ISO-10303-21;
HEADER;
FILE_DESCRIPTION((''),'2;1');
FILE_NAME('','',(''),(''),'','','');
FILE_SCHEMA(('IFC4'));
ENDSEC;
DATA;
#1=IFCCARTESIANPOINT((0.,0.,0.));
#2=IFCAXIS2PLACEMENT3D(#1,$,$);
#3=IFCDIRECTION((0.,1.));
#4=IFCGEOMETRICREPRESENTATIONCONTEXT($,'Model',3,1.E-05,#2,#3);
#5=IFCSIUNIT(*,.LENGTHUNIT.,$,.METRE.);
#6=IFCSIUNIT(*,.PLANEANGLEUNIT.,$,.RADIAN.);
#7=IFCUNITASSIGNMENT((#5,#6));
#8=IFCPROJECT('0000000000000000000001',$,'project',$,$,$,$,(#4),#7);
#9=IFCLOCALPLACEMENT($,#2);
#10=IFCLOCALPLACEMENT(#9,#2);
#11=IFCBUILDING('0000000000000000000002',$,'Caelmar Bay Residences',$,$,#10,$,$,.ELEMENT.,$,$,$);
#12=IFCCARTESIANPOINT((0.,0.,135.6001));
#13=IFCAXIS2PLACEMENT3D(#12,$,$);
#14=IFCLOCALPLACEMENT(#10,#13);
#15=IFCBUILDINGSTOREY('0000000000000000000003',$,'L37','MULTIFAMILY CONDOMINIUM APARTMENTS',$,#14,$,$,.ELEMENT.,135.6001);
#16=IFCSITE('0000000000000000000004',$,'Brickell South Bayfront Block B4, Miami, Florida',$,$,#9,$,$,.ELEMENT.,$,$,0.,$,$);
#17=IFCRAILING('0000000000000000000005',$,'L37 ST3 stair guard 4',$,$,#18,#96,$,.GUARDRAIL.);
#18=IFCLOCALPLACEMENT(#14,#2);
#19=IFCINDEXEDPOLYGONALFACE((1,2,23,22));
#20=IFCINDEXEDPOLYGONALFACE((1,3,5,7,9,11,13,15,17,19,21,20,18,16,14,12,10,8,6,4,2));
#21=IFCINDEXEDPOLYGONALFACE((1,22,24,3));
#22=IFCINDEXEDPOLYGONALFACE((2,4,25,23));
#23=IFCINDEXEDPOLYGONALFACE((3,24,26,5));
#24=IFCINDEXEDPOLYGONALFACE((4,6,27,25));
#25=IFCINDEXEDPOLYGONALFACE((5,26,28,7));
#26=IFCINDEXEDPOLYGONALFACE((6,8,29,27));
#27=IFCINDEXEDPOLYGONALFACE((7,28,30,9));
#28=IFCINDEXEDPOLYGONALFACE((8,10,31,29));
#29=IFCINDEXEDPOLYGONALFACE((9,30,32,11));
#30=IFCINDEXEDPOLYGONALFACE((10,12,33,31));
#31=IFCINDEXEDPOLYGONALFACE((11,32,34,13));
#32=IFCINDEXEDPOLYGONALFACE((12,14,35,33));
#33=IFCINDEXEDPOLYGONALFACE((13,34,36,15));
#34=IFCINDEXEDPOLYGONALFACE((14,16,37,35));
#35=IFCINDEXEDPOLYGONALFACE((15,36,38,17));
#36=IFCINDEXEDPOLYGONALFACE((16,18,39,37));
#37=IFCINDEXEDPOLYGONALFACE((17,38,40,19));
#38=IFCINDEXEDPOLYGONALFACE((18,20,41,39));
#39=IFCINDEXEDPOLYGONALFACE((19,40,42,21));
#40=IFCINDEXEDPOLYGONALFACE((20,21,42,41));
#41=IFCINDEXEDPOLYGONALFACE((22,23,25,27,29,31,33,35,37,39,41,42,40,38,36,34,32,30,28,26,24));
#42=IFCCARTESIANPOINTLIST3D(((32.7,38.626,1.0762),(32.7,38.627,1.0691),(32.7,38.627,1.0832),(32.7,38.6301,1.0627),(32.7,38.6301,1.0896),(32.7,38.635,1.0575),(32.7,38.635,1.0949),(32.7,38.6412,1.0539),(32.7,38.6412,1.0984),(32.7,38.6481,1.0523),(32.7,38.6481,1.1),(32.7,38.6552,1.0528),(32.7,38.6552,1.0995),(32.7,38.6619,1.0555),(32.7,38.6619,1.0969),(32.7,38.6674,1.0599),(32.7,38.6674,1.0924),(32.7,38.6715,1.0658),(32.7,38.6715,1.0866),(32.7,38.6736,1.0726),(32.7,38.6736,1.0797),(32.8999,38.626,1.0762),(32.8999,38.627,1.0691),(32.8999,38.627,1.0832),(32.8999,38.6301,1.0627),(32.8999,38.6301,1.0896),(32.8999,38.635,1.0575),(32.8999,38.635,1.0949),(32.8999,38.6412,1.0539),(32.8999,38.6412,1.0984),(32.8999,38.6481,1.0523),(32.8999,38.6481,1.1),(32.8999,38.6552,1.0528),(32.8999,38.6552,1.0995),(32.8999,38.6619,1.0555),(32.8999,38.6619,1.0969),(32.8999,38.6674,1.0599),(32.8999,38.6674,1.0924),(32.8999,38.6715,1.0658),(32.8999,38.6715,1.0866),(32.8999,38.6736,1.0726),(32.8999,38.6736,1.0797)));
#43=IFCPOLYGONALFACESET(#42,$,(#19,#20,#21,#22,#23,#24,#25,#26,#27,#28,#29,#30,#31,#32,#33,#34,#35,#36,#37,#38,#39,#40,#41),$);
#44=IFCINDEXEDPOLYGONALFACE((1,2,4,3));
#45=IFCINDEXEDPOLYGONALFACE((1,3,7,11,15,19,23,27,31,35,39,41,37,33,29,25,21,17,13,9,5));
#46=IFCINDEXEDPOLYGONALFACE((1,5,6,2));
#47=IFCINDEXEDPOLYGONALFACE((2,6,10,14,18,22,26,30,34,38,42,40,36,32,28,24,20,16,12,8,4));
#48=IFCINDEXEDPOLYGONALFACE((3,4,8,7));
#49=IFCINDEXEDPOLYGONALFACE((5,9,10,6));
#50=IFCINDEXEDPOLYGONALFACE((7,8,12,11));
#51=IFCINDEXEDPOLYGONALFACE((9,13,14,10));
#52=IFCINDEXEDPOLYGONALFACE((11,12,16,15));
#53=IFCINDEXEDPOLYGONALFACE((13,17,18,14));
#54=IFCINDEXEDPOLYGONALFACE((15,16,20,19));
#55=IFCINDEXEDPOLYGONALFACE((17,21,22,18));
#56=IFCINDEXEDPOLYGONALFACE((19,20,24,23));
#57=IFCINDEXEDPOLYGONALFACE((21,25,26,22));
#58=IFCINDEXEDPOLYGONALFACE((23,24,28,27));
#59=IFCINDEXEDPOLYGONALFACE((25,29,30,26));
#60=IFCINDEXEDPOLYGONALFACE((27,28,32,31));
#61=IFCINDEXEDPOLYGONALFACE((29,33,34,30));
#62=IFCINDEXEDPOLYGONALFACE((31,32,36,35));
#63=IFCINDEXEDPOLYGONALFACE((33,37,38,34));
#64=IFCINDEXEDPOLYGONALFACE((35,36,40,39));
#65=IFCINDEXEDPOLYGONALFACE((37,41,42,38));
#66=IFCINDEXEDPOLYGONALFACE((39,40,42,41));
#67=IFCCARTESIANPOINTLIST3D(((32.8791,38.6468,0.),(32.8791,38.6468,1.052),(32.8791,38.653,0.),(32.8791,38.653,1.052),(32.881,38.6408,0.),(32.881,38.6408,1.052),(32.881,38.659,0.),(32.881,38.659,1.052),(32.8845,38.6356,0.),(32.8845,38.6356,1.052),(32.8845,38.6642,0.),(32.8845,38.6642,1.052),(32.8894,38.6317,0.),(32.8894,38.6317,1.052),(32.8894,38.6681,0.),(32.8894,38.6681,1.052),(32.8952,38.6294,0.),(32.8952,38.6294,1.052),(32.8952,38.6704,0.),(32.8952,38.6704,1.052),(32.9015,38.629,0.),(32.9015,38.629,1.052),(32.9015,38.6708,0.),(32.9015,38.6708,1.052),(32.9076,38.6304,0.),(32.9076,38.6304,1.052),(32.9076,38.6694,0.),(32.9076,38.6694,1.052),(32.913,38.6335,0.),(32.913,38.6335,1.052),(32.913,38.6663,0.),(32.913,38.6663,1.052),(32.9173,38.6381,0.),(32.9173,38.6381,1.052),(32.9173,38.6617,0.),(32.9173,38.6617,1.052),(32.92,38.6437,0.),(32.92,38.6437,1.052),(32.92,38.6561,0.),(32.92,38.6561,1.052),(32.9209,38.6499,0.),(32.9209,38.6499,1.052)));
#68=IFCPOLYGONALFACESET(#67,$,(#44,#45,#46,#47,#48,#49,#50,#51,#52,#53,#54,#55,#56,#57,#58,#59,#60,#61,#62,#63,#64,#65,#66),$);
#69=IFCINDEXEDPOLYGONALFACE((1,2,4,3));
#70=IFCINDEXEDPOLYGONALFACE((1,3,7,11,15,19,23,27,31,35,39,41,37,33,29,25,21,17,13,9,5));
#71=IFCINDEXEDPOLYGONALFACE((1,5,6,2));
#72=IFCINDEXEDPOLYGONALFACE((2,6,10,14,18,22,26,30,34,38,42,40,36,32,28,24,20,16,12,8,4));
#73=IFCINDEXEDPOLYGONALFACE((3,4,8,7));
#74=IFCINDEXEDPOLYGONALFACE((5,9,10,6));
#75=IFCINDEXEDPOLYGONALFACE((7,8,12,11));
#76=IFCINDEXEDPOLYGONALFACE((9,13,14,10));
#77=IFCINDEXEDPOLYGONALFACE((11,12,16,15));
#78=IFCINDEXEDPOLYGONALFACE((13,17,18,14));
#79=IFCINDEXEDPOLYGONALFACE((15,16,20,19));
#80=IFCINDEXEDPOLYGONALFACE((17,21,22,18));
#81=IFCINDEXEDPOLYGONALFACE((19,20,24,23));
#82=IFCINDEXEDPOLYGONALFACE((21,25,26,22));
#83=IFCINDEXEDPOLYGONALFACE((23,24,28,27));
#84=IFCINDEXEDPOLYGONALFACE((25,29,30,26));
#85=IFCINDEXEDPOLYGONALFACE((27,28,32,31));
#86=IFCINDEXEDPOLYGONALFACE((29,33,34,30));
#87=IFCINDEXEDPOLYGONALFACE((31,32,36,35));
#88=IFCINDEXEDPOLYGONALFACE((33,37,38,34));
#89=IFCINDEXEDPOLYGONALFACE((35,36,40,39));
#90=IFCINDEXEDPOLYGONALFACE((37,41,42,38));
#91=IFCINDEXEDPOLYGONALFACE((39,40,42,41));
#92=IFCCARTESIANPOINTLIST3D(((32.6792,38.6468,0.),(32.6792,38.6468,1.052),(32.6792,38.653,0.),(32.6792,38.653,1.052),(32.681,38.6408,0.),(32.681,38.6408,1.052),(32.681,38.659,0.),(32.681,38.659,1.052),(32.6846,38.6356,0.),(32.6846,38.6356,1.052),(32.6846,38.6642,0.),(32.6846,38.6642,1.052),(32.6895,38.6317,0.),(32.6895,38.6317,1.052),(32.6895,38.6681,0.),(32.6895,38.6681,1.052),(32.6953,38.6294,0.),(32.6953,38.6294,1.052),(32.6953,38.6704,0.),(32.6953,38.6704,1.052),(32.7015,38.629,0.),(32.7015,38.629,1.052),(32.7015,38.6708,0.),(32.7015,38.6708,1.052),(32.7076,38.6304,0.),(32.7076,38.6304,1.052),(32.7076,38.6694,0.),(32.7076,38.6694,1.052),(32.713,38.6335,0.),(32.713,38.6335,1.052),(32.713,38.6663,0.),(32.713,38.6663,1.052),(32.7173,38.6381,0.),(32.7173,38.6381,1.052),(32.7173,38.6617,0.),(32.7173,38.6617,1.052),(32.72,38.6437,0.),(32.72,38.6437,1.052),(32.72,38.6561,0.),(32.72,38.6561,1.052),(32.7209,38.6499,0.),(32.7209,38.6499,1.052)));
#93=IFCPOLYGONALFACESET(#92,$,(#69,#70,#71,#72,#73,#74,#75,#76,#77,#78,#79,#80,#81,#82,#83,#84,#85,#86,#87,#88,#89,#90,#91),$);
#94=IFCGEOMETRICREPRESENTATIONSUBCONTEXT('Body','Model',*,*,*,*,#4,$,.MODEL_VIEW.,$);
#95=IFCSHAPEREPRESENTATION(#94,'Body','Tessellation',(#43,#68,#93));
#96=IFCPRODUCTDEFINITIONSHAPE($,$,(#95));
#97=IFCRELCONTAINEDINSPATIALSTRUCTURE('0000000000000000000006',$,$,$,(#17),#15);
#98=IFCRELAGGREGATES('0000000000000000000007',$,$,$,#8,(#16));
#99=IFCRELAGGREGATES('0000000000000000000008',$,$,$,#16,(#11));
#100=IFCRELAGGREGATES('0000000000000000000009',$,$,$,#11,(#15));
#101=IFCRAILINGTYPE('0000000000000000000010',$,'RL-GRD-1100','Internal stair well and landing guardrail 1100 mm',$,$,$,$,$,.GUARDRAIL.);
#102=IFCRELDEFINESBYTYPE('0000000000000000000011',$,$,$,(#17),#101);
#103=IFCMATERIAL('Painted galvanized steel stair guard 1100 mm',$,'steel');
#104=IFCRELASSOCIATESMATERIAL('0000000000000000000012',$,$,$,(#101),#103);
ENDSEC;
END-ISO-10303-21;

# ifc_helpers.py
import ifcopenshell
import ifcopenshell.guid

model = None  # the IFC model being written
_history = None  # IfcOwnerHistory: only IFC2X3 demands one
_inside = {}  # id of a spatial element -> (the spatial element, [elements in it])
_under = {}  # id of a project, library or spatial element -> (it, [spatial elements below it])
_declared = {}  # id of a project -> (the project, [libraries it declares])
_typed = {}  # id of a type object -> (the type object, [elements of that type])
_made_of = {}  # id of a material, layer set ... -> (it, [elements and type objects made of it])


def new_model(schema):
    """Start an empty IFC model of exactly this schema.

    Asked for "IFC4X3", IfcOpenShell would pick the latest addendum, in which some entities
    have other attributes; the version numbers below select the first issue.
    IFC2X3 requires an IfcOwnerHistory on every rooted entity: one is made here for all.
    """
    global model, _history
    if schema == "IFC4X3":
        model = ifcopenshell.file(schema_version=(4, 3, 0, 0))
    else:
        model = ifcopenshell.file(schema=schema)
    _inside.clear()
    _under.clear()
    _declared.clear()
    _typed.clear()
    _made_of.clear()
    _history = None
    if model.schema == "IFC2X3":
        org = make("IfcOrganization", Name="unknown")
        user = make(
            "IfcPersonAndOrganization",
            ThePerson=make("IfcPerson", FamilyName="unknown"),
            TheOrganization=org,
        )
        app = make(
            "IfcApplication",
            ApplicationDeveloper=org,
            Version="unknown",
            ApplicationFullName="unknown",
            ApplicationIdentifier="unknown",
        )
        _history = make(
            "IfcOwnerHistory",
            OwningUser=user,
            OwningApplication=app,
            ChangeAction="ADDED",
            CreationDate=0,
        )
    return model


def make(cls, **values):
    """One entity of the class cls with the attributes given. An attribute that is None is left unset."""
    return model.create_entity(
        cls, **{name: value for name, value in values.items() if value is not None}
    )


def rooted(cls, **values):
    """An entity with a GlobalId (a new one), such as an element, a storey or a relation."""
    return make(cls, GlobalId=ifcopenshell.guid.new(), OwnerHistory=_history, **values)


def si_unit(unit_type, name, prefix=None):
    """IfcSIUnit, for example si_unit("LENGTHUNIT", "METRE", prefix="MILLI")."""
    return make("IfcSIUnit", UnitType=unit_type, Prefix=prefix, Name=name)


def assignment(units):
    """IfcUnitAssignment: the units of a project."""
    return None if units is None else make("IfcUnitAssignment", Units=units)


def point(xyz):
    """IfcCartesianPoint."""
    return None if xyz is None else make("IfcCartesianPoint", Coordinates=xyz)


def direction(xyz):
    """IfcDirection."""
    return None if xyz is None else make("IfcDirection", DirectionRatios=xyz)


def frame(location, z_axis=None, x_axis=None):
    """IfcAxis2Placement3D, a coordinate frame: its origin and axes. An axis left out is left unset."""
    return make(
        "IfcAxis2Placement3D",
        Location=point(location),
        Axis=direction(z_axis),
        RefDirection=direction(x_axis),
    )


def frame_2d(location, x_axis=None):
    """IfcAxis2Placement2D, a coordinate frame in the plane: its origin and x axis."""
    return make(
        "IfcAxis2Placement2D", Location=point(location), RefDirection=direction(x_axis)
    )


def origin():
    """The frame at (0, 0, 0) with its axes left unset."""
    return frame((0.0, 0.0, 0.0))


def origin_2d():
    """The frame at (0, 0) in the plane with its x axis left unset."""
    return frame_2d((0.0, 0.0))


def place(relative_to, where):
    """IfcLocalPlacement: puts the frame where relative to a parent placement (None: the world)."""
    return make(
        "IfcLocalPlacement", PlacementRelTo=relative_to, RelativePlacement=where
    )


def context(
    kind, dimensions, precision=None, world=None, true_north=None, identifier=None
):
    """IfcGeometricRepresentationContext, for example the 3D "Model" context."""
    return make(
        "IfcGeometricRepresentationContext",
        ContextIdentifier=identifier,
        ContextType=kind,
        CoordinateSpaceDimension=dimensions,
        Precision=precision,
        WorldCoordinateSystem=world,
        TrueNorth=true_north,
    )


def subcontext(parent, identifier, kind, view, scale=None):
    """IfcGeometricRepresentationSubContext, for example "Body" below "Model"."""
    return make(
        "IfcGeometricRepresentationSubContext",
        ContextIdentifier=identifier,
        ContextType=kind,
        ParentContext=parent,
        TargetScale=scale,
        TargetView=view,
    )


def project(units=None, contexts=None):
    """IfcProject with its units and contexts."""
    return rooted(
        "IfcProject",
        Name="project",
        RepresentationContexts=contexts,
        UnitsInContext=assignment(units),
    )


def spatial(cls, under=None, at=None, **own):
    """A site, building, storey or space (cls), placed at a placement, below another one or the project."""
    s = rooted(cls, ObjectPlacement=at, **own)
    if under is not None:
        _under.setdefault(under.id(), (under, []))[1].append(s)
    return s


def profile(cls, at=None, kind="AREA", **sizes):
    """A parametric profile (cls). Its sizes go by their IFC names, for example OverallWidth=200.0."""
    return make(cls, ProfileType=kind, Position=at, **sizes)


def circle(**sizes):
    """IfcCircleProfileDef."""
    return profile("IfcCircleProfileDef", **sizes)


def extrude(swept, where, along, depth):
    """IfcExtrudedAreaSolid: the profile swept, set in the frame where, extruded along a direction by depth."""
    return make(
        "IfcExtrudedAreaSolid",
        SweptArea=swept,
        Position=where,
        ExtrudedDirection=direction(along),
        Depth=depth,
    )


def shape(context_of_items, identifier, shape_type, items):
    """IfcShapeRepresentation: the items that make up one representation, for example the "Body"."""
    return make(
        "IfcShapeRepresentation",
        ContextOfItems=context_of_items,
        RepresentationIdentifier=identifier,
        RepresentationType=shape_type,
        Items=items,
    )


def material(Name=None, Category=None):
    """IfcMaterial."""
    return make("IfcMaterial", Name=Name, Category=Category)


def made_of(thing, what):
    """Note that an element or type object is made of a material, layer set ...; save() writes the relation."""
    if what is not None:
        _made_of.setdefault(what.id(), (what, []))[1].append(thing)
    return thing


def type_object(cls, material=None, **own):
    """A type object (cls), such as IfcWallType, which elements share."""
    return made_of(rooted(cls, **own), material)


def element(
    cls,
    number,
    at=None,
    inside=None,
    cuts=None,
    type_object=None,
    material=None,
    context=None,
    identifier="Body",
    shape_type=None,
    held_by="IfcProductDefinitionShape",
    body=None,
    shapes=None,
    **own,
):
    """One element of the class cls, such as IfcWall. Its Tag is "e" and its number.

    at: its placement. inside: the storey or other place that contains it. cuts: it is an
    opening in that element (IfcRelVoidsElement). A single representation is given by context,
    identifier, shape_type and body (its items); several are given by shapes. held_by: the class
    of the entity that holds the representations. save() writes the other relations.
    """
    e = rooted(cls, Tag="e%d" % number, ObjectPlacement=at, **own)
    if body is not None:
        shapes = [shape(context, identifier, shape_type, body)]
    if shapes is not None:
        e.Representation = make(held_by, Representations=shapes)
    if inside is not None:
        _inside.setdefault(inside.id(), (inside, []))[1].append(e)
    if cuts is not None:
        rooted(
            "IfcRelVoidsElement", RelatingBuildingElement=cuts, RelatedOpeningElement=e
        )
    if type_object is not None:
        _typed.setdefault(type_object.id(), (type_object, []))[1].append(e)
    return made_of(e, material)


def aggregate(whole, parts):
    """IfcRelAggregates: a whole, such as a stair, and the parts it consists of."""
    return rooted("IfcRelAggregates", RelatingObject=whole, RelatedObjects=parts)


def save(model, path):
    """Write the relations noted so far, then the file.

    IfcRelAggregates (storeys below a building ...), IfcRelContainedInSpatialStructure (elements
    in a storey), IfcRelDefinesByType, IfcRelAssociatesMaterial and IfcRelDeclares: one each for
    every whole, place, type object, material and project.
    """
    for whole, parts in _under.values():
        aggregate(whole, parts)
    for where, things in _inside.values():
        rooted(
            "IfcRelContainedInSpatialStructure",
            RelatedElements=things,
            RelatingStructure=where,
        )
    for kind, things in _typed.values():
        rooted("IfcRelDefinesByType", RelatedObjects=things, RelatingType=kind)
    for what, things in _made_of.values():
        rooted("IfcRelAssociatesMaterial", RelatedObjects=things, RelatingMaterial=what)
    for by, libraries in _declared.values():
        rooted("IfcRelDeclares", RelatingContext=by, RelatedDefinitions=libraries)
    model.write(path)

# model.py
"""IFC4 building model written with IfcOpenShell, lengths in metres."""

from ifc_helpers import new_model, si_unit, direction, frame, origin, origin_2d, place, context, subcontext, project, spatial, circle, extrude, material, type_object, element, save


model = new_model("IFC4")

# Units and contexts
model_context = context("Model", 3, precision=1e-05, world=origin(), true_north=direction((0.0, 1.0)))
body_context = subcontext(model_context, "Body", "Model", "MODEL_VIEW")
ifc_project = project(units=[si_unit("LENGTHUNIT", "METRE"), si_unit("PLANEANGLEUNIT", "RADIAN")], contexts=[model_context])

# Site, building, storey
site_placement = place(None, origin())
site = spatial("IfcSite", under=ifc_project, at=site_placement, Name="Brickell South Bayfront Block B4, Miami, Florida", CompositionType="ELEMENT", RefElevation=0.0)
building_placement = place(site_placement, origin())
building = spatial("IfcBuilding", under=site, at=building_placement, Name="Caelmar Bay Residences", CompositionType="ELEMENT")
storey_placement = place(building_placement, frame((0.0, 0.0, 135.6001)))
storey = spatial("IfcBuildingStorey", under=building, at=storey_placement, Name="L37", Description="MULTIFAMILY CONDOMINIUM APARTMENTS", CompositionType="ELEMENT", Elevation=135.6001)

# Railing
ifc_material_1 = material(Name="Painted galvanized steel stair guard 1100 mm", Category="steel")
railing_type_1 = type_object("IfcRailingType", Name="RL-GRD-1100", Description="Internal stair well and landing guardrail 1100 mm", PredefinedType="GUARDRAIL", material=ifc_material_1)
railing_1_placement = place(storey_placement, frame((32.8999, 38.6499, 0.0)))
element("IfcRailing", 1, at=railing_1_placement, inside=storey, type_object=railing_type_1, Name="L37 ST3 stair guard 4", PredefinedType="GUARDRAIL", context=body_context, shape_type="SweptSolid", body=[
    extrude(circle(Radius=0.0239, at=origin_2d()), frame((0.0, 0.0, 1.0762), z_axis=(-1.0, 0.0, 0.0), x_axis=(0.0, -1.0, 0.0)), (0.0, 0.0, 1.0), 0.2),
    extrude(circle(Radius=0.021, at=origin_2d()), origin(), (0.0, 0.0, 1.0), 1.052),
    extrude(circle(Radius=0.021, at=origin_2d()), frame((-0.2, 0.0, 0.0)), (0.0, 0.0, 1.0), 1.052),
])

save(model, "model.ifc")
